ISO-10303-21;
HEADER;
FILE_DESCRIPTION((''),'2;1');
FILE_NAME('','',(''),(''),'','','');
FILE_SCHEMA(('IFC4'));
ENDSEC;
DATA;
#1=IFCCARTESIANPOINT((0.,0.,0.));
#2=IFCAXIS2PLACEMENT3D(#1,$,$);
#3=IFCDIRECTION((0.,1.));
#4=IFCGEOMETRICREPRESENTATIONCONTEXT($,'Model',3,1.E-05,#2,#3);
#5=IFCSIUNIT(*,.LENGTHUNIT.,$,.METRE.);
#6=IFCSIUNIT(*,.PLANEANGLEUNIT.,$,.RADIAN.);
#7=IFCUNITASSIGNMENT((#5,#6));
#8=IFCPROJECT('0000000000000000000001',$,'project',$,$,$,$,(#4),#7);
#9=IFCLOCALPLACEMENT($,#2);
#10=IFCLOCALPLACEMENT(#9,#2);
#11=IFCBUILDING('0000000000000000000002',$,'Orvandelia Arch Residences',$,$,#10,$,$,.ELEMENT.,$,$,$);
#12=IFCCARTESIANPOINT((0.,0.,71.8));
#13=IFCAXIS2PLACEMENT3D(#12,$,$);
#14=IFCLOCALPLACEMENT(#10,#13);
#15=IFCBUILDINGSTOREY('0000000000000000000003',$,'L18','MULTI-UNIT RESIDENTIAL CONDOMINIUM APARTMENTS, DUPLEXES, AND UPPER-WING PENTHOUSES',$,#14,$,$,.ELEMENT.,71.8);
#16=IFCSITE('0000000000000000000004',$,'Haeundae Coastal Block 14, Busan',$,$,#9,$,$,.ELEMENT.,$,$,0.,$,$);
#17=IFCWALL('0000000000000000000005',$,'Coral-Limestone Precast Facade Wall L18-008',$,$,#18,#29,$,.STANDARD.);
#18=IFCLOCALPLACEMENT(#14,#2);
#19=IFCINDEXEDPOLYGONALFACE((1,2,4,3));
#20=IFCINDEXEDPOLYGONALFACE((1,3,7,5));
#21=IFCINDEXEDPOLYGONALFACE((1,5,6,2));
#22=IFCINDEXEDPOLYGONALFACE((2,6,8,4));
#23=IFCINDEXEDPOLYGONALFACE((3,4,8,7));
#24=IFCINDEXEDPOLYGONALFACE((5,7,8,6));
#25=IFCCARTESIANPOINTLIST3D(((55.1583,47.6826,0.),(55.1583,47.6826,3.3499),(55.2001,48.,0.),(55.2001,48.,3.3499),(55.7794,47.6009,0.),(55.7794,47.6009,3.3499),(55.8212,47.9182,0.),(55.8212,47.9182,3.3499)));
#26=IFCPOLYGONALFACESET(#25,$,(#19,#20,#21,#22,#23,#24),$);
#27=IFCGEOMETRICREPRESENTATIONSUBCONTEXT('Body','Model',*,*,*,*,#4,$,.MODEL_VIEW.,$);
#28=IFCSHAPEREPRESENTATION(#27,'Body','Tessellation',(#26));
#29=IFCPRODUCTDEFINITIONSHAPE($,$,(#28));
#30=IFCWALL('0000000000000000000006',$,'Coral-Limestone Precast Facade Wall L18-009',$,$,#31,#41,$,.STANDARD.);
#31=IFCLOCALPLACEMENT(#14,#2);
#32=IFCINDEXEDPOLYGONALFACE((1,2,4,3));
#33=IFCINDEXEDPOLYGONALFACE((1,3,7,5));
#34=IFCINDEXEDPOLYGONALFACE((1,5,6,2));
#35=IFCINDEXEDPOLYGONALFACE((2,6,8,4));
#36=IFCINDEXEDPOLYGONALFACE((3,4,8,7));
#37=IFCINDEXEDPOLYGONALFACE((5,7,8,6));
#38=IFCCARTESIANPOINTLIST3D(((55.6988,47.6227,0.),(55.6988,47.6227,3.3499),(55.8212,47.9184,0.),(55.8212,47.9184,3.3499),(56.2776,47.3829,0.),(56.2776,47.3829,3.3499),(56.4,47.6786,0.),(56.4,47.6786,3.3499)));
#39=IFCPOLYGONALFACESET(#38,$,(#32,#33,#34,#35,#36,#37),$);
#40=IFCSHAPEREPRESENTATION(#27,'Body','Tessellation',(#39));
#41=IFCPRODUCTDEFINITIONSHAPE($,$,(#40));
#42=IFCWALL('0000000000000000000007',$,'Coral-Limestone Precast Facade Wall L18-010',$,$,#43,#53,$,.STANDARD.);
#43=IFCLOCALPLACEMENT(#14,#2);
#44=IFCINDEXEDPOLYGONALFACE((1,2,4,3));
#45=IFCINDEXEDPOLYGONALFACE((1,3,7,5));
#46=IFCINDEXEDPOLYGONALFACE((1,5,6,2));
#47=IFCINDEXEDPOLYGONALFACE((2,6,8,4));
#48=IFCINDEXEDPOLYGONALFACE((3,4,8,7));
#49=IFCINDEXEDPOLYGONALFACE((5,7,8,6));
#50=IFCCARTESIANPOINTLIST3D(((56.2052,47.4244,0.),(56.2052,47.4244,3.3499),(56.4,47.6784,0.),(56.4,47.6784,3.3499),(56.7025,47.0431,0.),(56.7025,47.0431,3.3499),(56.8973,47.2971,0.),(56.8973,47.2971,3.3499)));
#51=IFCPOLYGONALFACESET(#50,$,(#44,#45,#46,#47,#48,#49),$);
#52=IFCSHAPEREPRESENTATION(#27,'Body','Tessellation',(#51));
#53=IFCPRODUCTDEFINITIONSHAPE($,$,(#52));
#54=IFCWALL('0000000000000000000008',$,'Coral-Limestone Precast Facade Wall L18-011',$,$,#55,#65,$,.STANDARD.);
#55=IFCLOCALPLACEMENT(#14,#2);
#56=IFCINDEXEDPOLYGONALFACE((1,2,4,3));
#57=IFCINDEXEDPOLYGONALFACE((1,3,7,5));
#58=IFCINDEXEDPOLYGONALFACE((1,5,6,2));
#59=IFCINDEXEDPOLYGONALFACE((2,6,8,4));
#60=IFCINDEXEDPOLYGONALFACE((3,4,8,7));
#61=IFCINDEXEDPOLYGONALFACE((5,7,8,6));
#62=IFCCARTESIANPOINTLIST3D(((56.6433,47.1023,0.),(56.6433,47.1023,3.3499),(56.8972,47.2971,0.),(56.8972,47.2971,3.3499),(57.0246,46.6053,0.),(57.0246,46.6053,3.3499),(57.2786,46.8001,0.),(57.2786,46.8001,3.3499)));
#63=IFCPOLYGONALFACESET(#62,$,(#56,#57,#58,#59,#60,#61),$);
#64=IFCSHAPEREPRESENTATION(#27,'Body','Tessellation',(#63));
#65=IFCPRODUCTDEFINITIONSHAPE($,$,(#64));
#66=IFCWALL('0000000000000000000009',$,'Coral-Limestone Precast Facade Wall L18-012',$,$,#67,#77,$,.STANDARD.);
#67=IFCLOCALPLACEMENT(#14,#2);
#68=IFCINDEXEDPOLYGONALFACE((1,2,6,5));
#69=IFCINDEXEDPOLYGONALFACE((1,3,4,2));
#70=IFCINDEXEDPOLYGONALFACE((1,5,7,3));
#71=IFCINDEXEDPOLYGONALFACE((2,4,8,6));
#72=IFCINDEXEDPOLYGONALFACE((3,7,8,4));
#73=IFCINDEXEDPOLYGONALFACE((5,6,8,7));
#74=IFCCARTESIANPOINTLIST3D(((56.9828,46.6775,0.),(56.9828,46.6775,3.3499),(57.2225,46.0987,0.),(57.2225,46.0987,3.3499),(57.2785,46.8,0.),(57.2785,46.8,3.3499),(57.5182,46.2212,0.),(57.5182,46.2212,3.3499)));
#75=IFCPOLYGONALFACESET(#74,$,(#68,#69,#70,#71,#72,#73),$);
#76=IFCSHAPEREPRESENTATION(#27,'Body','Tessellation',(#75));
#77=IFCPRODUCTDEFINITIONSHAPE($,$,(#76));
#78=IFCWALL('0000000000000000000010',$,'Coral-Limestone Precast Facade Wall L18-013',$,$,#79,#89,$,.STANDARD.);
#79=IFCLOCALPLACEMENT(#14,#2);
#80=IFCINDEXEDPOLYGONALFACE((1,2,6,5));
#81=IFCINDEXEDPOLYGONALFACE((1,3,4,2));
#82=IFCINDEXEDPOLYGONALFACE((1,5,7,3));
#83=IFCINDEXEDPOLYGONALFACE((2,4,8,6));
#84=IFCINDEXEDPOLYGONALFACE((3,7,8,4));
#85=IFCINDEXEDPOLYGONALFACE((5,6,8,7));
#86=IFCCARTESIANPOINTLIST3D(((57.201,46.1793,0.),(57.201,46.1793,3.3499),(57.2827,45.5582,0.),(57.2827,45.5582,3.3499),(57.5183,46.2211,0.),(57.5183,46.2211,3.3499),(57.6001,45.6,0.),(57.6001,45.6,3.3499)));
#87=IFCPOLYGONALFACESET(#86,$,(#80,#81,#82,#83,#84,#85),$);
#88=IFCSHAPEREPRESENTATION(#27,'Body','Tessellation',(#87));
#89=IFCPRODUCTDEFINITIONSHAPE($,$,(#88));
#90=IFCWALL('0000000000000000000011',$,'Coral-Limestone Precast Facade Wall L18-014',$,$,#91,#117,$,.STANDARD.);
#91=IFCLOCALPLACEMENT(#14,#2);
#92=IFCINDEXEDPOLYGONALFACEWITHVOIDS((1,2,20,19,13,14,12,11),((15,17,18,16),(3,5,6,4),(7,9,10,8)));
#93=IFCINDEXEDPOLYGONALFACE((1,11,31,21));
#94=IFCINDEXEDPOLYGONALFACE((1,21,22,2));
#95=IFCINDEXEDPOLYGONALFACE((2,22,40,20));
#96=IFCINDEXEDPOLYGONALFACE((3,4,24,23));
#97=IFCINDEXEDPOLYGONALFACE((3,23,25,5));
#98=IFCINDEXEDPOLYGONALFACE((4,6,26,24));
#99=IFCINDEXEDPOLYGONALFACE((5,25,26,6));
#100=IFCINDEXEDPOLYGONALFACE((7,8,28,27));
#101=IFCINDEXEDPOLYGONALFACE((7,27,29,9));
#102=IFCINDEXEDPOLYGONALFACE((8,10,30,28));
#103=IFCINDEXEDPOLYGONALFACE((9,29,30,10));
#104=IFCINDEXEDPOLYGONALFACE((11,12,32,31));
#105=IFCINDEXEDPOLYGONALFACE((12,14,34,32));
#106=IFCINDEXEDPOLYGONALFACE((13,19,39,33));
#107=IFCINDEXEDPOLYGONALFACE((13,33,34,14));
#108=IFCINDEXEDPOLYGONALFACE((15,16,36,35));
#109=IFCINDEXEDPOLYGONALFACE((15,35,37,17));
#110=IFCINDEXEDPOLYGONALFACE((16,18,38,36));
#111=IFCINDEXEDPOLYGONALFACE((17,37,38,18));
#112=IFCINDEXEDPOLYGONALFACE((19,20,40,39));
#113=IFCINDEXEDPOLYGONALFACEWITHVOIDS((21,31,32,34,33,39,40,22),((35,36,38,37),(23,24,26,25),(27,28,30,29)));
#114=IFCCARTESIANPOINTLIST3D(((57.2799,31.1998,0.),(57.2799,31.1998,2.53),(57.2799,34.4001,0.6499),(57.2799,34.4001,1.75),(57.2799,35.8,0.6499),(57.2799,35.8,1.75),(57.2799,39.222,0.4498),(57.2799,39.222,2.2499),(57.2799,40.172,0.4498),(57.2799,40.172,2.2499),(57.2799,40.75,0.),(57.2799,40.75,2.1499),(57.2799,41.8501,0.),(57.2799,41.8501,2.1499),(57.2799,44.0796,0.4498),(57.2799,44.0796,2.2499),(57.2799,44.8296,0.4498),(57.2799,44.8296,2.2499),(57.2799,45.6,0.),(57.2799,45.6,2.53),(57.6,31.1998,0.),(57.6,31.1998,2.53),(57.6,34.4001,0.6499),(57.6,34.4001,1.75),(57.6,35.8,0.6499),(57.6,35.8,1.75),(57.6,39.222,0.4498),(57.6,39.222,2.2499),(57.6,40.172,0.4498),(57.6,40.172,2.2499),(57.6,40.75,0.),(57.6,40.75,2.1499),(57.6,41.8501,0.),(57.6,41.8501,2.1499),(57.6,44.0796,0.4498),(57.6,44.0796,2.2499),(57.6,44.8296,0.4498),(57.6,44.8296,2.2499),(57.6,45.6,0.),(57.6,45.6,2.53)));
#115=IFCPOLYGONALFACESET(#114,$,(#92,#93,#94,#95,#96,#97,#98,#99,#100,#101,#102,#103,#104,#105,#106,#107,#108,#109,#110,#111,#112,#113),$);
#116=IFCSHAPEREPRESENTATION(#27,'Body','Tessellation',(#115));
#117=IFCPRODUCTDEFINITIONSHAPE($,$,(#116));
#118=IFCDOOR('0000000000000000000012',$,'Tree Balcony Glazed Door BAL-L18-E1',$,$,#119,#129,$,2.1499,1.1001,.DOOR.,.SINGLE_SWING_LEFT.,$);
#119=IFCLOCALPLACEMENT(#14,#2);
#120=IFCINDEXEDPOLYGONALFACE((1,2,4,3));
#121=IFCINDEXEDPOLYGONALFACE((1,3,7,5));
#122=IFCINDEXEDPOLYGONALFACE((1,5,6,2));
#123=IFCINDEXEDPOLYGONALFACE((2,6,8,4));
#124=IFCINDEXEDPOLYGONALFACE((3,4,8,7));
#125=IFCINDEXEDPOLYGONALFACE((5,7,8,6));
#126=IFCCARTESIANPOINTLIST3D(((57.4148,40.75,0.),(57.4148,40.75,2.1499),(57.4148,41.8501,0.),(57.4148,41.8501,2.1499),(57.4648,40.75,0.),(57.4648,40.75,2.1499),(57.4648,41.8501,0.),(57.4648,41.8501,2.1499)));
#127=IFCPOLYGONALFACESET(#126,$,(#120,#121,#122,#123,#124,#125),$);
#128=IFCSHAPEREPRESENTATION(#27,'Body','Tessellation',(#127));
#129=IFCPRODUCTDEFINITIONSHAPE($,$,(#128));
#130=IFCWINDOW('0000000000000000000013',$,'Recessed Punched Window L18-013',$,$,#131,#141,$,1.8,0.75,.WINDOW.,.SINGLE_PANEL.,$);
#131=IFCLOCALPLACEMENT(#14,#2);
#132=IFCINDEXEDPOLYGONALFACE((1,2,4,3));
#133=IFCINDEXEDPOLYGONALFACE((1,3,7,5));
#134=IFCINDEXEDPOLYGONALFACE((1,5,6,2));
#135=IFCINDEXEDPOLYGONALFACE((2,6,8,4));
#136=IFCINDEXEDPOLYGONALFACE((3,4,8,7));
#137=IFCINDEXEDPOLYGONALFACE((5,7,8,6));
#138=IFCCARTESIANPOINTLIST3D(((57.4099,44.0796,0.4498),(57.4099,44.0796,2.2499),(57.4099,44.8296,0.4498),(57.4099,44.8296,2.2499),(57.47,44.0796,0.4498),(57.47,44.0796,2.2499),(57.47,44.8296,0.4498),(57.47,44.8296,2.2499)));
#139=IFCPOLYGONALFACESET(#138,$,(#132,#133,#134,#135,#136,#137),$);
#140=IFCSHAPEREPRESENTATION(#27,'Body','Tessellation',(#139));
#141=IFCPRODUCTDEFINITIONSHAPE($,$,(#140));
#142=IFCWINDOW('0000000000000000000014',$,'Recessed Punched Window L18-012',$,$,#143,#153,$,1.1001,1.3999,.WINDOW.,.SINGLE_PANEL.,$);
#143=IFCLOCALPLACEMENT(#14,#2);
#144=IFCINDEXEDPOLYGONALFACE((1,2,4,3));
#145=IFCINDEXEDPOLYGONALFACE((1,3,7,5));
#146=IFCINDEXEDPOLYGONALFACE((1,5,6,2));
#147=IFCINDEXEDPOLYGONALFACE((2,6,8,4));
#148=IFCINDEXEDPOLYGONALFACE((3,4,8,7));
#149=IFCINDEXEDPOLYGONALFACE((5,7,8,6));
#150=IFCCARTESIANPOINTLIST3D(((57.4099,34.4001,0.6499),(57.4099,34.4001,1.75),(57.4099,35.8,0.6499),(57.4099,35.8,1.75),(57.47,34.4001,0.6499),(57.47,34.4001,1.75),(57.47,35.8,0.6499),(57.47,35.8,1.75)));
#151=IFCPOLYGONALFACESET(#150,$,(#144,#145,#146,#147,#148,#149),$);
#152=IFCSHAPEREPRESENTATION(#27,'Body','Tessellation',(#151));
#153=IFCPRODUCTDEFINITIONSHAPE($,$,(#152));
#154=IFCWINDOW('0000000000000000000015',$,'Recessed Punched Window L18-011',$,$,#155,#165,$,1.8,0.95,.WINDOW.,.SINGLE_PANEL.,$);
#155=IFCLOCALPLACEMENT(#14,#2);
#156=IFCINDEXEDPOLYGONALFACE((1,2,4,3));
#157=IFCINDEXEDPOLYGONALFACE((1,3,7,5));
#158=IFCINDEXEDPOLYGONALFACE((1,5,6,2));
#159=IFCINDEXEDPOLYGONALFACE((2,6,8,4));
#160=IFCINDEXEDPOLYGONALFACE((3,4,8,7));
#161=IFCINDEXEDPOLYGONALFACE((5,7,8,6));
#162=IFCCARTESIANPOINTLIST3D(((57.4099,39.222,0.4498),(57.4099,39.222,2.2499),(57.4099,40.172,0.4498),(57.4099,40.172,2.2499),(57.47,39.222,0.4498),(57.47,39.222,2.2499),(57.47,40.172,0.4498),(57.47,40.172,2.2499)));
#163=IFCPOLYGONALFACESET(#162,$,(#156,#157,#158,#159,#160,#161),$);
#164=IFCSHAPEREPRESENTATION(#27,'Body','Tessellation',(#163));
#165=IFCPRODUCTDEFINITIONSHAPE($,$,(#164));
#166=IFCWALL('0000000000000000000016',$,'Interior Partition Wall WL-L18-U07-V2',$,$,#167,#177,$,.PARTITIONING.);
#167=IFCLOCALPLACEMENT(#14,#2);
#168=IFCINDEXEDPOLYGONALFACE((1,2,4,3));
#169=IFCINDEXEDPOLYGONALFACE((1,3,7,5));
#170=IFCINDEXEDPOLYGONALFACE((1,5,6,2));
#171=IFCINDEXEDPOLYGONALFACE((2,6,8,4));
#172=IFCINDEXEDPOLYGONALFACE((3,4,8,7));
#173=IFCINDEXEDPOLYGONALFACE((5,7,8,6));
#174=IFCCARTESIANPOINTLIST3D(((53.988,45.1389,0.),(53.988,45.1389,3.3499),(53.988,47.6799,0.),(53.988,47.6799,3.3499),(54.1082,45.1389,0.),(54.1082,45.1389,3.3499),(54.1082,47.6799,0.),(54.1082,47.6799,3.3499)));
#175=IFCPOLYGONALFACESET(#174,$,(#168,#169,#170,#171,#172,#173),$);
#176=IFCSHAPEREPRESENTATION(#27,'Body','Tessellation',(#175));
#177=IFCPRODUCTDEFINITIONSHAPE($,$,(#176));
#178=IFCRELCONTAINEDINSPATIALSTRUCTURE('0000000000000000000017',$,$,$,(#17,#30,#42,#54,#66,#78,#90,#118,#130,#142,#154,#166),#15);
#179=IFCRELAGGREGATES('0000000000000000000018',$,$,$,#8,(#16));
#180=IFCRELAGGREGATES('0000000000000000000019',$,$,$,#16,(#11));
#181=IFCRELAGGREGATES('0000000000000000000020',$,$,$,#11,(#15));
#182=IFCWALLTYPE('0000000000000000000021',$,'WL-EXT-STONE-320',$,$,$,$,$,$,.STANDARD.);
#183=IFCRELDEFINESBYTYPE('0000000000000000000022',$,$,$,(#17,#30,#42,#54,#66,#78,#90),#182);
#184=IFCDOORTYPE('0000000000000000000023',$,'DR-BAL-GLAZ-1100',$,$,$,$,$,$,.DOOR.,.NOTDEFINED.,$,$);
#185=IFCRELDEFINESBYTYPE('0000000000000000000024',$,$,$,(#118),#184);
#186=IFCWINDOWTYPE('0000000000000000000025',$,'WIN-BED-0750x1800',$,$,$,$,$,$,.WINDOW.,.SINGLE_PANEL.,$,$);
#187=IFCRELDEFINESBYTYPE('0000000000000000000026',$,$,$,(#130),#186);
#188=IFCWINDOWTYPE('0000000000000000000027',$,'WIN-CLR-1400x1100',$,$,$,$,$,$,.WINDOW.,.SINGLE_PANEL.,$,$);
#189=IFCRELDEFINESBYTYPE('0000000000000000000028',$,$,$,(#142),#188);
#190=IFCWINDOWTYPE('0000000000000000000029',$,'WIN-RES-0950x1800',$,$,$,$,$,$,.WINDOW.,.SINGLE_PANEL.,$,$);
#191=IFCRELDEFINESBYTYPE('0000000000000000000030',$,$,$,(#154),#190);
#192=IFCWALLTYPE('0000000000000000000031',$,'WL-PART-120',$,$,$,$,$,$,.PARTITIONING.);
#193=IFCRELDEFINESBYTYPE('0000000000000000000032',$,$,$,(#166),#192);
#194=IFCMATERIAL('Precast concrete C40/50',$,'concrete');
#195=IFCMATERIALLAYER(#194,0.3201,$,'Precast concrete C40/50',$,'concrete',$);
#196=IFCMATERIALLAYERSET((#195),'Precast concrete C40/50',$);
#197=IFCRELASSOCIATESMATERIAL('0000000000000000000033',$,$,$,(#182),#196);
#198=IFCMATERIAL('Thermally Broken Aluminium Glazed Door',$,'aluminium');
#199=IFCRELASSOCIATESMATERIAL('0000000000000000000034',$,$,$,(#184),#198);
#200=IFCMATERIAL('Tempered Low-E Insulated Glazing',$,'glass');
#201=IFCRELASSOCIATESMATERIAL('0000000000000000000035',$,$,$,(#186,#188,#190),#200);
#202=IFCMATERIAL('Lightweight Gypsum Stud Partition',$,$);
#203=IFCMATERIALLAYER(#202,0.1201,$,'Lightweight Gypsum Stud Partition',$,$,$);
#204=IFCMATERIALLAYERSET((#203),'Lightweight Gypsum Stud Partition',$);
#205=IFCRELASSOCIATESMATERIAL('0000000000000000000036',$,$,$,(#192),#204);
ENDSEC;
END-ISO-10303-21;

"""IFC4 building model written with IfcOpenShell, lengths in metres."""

from ifc_helpers import new_model, si_unit, direction, frame, frame_2d, origin, place, context, subcontext, project, spatial, rectangle, extrude, material, layer, layer_set, type_object, element, fill, save


model = new_model("IFC4")

# Units and contexts
model_context = context("Model", 3, precision=1e-05, world=origin(), true_north=direction((0.0, 1.0)))
body_context = subcontext(model_context, "Body", "Model", "MODEL_VIEW")
ifc_project = project(units=[si_unit("LENGTHUNIT", "METRE"), si_unit("PLANEANGLEUNIT", "RADIAN")], contexts=[model_context])

# Site, building, storey
site_placement = place(None, origin())
site = spatial("IfcSite", under=ifc_project, at=site_placement, Name="Haeundae Coastal Block 14, Busan", CompositionType="ELEMENT", RefElevation=0.0)
building_placement = place(site_placement, origin())
building = spatial("IfcBuilding", under=site, at=building_placement, Name="Orvandelia Arch Residences", CompositionType="ELEMENT")
storey_placement = place(building_placement, frame((0.0, 0.0, 71.8)))
storey = spatial("IfcBuildingStorey", under=building, at=storey_placement, Name="L18", Description="MULTI-UNIT RESIDENTIAL CONDOMINIUM APARTMENTS, DUPLEXES, AND UPPER-WING PENTHOUSES", CompositionType="ELEMENT", Elevation=71.8)

# Walls
ifc_material_1 = material(Name="Precast concrete C40/50", Category="concrete")
ifc_layer_1 = layer(ifc_material_1, 0.3201, Name="Precast concrete C40/50", Category="concrete")
ifc_layer_set_1 = layer_set([ifc_layer_1], Name="Precast concrete C40/50")
wall_type_1 = type_object("IfcWallType", Name="WL-EXT-STONE-320", PredefinedType="STANDARD", material=ifc_layer_set_1)
for number, where, z_axis, x_axis, name in (
    (1, (55.1792, 47.8413, 0.0), (0.0, 0.0, 1.0), (0.991441, -0.130555, 0.0), "Coral-Limestone Precast Facade Wall L18-008"),
    (2, (55.76, 47.7705, 0.0), (0.0, 0.0, 1.0), (0.923893, -0.38265, 0.0), "Coral-Limestone Precast Facade Wall L18-009"),
):
    element("IfcWall", number, at=place(storey_placement, frame(where, z_axis=z_axis, x_axis=x_axis)), inside=storey, type_object=wall_type_1, Name=name, PredefinedType="STANDARD", context=body_context, shape_type="SweptSolid", body=[
        extrude(rectangle(XDim=0.6265, YDim=0.3201, at=frame_2d((0.3132, 0.0))), origin(), (0.0, 0.0, 1.0), 3.3499),
    ])
wall_1_placement = place(storey_placement, frame((56.3025, 47.5515, 0.0), z_axis=(0.0, 0.0, 1.0), x_axis=(0.79355, -0.608505, 0.0)))
element("IfcWall", 3, at=wall_1_placement, inside=storey, type_object=wall_type_1, Name="Coral-Limestone Precast Facade Wall L18-010", PredefinedType="STANDARD", context=body_context, shape_type="SweptSolid", body=[
    extrude(rectangle(XDim=0.6267, YDim=0.3201, at=frame_2d((0.3135, 0.0))), origin(), (0.0, 0.0, 1.0), 3.3499),
])
for number, where, z_axis, x_axis, name in (
    (4, (56.7703, 47.1997, 0.0), (0.0, 0.0, 1.0), (0.608693, -0.793406, 0.0), "Coral-Limestone Precast Facade Wall L18-011"),
    (5, (57.1306, 46.7388, 0.0), (0.0, 0.0, 1.0), (0.38265, -0.923893, 0.0), "Coral-Limestone Precast Facade Wall L18-012"),
    (6, (57.3596, 46.2002, 0.0), (0.0, 0.0, 1.0), (0.130555, -0.991441, 0.0), "Coral-Limestone Precast Facade Wall L18-013"),
):
    element("IfcWall", number, at=place(storey_placement, frame(where, z_axis=z_axis, x_axis=x_axis)), inside=storey, type_object=wall_type_1, Name=name, PredefinedType="STANDARD", context=body_context, shape_type="SweptSolid", body=[
        extrude(rectangle(XDim=0.6265, YDim=0.3201, at=frame_2d((0.3132, 0.0))), origin(), (0.0, 0.0, 1.0), 3.3499),
    ])

# Wall, openings, door, windows
wall_2_placement = place(storey_placement, frame((57.4399, 45.6001, 0.0), z_axis=(0.0, 0.0, 1.0), x_axis=(0.0, -1.0, 0.0)))
wall_2 = element("IfcWall", 7, at=wall_2_placement, inside=storey, type_object=wall_type_1, Name="Coral-Limestone Precast Facade Wall L18-014", PredefinedType="STANDARD", context=body_context, shape_type="SweptSolid", body=[
    extrude(rectangle(XDim=14.4001, YDim=0.3201, at=frame_2d((7.2002, 0.0))), origin(), (0.0, 0.0, 1.0), 2.53),
])
opening_1_placement = place(wall_2_placement, frame((3.75, 0.0, 0.0)))
opening_1 = element("IfcOpeningElement", 8, at=opening_1_placement, cuts=wall_2, PredefinedType="OPENING", context=body_context, shape_type="SweptSolid", body=[
    extrude(rectangle(XDim=1.1001, YDim=2.1499, at=frame_2d((0.55, 1.075))), frame((0.0, 0.1699, 0.0), z_axis=(0.0, -1.0, 0.0), x_axis=(1.0, 0.0, 0.0)), (0.0, 0.0, 1.0), 0.3401),
])
opening_2_placement = place(wall_2_placement, frame((5.428, 0.0, 0.45)))
opening_2 = element("IfcOpeningElement", 9, at=opening_2_placement, cuts=wall_2, PredefinedType="OPENING", context=body_context, shape_type="SweptSolid", body=[
    extrude(rectangle(XDim=0.95, YDim=1.8, at=frame_2d((0.4751, 0.8999))), frame((0.0, 0.1699, 0.0), z_axis=(0.0, -1.0, 0.0), x_axis=(1.0, 0.0, 0.0)), (0.0, 0.0, 1.0), 0.3401),
])
opening_3_placement = place(wall_2_placement, frame((9.8, 0.0, 0.6499)))
opening_3 = element("IfcOpeningElement", 10, at=opening_3_placement, cuts=wall_2, PredefinedType="OPENING", context=body_context, shape_type="SweptSolid", body=[
    extrude(rectangle(XDim=1.3999, YDim=1.1001, at=frame_2d((0.7, 0.55))), frame((0.0, 0.1699, 0.0), z_axis=(0.0, -1.0, 0.0), x_axis=(1.0, 0.0, 0.0)), (0.0, 0.0, 1.0), 0.3401),
])
opening_4_placement = place(wall_2_placement, frame((0.7705, 0.0, 0.45)))
opening_4 = element("IfcOpeningElement", 11, at=opening_4_placement, cuts=wall_2, PredefinedType="OPENING", context=body_context, shape_type="SweptSolid", body=[
    extrude(rectangle(XDim=0.75, YDim=1.8, at=frame_2d((0.375, 0.8999))), frame((0.0, 0.1699, 0.0), z_axis=(0.0, -1.0, 0.0), x_axis=(1.0, 0.0, 0.0)), (0.0, 0.0, 1.0), 0.3401),
])
ifc_material_2 = material(Name="Thermally Broken Aluminium Glazed Door", Category="aluminium")
door_type_1 = type_object("IfcDoorType", Name="DR-BAL-GLAZ-1100", OperationType="NOTDEFINED", PredefinedType="DOOR", material=ifc_material_2)
door_1_placement = place(opening_1_placement, origin())
door_1 = element("IfcDoor", 12, at=door_1_placement, inside=storey, type_object=door_type_1, Name="Tree Balcony Glazed Door BAL-L18-E1", OperationType="SINGLE_SWING_LEFT", OverallHeight=2.1499, OverallWidth=1.1001, PredefinedType="DOOR", context=body_context, shape_type="SweptSolid", body=[
    extrude(rectangle(XDim=1.1001, YDim=2.1499, at=frame_2d((0.55, 1.075))), frame((0.0, 0.0249, 0.0), z_axis=(0.0, -1.0, 0.0), x_axis=(1.0, 0.0, 0.0)), (0.0, 0.0, 1.0), 0.05),
])
fill(opening_1, door_1)
ifc_material_3 = material(Name="Tempered Low-E Insulated Glazing", Category="glass")
window_type_1 = type_object("IfcWindowType", Name="WIN-BED-0750x1800", PartitioningType="SINGLE_PANEL", PredefinedType="WINDOW", material=ifc_material_3)
window_1_placement = place(opening_4_placement, origin())
window_1 = element("IfcWindow", 13, at=window_1_placement, inside=storey, type_object=window_type_1, Name="Recessed Punched Window L18-013", OverallHeight=1.8, OverallWidth=0.75, PartitioningType="SINGLE_PANEL", PredefinedType="WINDOW", context=body_context, shape_type="SweptSolid", body=[
    extrude(rectangle(XDim=0.75, YDim=1.8, at=frame_2d((0.375, 0.8999))), frame((0.0, 0.03, 0.0), z_axis=(0.0, -1.0, 0.0), x_axis=(1.0, 0.0, 0.0)), (0.0, 0.0, 1.0), 0.0601),
])
fill(opening_4, window_1)
window_type_2 = type_object("IfcWindowType", Name="WIN-CLR-1400x1100", PartitioningType="SINGLE_PANEL", PredefinedType="WINDOW", material=ifc_material_3)
window_2_placement = place(opening_3_placement, origin())
window_2 = element("IfcWindow", 14, at=window_2_placement, inside=storey, type_object=window_type_2, Name="Recessed Punched Window L18-012", OverallHeight=1.1001, OverallWidth=1.3999, PartitioningType="SINGLE_PANEL", PredefinedType="WINDOW", context=body_context, shape_type="SweptSolid", body=[
    extrude(rectangle(XDim=1.3999, YDim=1.1001, at=frame_2d((0.7, 0.55))), frame((0.0, 0.03, 0.0), z_axis=(0.0, -1.0, 0.0), x_axis=(1.0, 0.0, 0.0)), (0.0, 0.0, 1.0), 0.0601),
])
fill(opening_3, window_2)
window_type_3 = type_object("IfcWindowType", Name="WIN-RES-0950x1800", PartitioningType="SINGLE_PANEL", PredefinedType="WINDOW", material=ifc_material_3)
window_3_placement = place(opening_2_placement, origin())
window_3 = element("IfcWindow", 15, at=window_3_placement, inside=storey, type_object=window_type_3, Name="Recessed Punched Window L18-011", OverallHeight=1.8, OverallWidth=0.95, PartitioningType="SINGLE_PANEL", PredefinedType="WINDOW", context=body_context, shape_type="SweptSolid", body=[
    extrude(rectangle(XDim=0.95, YDim=1.8, at=frame_2d((0.4751, 0.8999))), frame((0.0, 0.03, 0.0), z_axis=(0.0, -1.0, 0.0), x_axis=(1.0, 0.0, 0.0)), (0.0, 0.0, 1.0), 0.0601),
])
fill(opening_2, window_3)

# Wall
ifc_material_4 = material(Name="Lightweight Gypsum Stud Partition")
ifc_layer_2 = layer(ifc_material_4, 0.1201, Name="Lightweight Gypsum Stud Partition")
ifc_layer_set_2 = layer_set([ifc_layer_2], Name="Lightweight Gypsum Stud Partition")
wall_type_2 = type_object("IfcWallType", Name="WL-PART-120", PredefinedType="PARTITIONING", material=ifc_layer_set_2)
wall_3_placement = place(storey_placement, frame((54.0481, 45.1389, 0.0), z_axis=(0.0, 0.0, 1.0), x_axis=(0.0, 1.0, 0.0)))
element("IfcWall", 16, at=wall_3_placement, inside=storey, type_object=wall_type_2, Name="Interior Partition Wall WL-L18-U07-V2", PredefinedType="PARTITIONING", context=body_context, shape_type="SweptSolid", body=[
    extrude(rectangle(XDim=2.541, YDim=0.1201, at=frame_2d((1.2705, 0.0))), origin(), (0.0, 0.0, 1.0), 3.3499),
])

save(model, "model.ifc")
